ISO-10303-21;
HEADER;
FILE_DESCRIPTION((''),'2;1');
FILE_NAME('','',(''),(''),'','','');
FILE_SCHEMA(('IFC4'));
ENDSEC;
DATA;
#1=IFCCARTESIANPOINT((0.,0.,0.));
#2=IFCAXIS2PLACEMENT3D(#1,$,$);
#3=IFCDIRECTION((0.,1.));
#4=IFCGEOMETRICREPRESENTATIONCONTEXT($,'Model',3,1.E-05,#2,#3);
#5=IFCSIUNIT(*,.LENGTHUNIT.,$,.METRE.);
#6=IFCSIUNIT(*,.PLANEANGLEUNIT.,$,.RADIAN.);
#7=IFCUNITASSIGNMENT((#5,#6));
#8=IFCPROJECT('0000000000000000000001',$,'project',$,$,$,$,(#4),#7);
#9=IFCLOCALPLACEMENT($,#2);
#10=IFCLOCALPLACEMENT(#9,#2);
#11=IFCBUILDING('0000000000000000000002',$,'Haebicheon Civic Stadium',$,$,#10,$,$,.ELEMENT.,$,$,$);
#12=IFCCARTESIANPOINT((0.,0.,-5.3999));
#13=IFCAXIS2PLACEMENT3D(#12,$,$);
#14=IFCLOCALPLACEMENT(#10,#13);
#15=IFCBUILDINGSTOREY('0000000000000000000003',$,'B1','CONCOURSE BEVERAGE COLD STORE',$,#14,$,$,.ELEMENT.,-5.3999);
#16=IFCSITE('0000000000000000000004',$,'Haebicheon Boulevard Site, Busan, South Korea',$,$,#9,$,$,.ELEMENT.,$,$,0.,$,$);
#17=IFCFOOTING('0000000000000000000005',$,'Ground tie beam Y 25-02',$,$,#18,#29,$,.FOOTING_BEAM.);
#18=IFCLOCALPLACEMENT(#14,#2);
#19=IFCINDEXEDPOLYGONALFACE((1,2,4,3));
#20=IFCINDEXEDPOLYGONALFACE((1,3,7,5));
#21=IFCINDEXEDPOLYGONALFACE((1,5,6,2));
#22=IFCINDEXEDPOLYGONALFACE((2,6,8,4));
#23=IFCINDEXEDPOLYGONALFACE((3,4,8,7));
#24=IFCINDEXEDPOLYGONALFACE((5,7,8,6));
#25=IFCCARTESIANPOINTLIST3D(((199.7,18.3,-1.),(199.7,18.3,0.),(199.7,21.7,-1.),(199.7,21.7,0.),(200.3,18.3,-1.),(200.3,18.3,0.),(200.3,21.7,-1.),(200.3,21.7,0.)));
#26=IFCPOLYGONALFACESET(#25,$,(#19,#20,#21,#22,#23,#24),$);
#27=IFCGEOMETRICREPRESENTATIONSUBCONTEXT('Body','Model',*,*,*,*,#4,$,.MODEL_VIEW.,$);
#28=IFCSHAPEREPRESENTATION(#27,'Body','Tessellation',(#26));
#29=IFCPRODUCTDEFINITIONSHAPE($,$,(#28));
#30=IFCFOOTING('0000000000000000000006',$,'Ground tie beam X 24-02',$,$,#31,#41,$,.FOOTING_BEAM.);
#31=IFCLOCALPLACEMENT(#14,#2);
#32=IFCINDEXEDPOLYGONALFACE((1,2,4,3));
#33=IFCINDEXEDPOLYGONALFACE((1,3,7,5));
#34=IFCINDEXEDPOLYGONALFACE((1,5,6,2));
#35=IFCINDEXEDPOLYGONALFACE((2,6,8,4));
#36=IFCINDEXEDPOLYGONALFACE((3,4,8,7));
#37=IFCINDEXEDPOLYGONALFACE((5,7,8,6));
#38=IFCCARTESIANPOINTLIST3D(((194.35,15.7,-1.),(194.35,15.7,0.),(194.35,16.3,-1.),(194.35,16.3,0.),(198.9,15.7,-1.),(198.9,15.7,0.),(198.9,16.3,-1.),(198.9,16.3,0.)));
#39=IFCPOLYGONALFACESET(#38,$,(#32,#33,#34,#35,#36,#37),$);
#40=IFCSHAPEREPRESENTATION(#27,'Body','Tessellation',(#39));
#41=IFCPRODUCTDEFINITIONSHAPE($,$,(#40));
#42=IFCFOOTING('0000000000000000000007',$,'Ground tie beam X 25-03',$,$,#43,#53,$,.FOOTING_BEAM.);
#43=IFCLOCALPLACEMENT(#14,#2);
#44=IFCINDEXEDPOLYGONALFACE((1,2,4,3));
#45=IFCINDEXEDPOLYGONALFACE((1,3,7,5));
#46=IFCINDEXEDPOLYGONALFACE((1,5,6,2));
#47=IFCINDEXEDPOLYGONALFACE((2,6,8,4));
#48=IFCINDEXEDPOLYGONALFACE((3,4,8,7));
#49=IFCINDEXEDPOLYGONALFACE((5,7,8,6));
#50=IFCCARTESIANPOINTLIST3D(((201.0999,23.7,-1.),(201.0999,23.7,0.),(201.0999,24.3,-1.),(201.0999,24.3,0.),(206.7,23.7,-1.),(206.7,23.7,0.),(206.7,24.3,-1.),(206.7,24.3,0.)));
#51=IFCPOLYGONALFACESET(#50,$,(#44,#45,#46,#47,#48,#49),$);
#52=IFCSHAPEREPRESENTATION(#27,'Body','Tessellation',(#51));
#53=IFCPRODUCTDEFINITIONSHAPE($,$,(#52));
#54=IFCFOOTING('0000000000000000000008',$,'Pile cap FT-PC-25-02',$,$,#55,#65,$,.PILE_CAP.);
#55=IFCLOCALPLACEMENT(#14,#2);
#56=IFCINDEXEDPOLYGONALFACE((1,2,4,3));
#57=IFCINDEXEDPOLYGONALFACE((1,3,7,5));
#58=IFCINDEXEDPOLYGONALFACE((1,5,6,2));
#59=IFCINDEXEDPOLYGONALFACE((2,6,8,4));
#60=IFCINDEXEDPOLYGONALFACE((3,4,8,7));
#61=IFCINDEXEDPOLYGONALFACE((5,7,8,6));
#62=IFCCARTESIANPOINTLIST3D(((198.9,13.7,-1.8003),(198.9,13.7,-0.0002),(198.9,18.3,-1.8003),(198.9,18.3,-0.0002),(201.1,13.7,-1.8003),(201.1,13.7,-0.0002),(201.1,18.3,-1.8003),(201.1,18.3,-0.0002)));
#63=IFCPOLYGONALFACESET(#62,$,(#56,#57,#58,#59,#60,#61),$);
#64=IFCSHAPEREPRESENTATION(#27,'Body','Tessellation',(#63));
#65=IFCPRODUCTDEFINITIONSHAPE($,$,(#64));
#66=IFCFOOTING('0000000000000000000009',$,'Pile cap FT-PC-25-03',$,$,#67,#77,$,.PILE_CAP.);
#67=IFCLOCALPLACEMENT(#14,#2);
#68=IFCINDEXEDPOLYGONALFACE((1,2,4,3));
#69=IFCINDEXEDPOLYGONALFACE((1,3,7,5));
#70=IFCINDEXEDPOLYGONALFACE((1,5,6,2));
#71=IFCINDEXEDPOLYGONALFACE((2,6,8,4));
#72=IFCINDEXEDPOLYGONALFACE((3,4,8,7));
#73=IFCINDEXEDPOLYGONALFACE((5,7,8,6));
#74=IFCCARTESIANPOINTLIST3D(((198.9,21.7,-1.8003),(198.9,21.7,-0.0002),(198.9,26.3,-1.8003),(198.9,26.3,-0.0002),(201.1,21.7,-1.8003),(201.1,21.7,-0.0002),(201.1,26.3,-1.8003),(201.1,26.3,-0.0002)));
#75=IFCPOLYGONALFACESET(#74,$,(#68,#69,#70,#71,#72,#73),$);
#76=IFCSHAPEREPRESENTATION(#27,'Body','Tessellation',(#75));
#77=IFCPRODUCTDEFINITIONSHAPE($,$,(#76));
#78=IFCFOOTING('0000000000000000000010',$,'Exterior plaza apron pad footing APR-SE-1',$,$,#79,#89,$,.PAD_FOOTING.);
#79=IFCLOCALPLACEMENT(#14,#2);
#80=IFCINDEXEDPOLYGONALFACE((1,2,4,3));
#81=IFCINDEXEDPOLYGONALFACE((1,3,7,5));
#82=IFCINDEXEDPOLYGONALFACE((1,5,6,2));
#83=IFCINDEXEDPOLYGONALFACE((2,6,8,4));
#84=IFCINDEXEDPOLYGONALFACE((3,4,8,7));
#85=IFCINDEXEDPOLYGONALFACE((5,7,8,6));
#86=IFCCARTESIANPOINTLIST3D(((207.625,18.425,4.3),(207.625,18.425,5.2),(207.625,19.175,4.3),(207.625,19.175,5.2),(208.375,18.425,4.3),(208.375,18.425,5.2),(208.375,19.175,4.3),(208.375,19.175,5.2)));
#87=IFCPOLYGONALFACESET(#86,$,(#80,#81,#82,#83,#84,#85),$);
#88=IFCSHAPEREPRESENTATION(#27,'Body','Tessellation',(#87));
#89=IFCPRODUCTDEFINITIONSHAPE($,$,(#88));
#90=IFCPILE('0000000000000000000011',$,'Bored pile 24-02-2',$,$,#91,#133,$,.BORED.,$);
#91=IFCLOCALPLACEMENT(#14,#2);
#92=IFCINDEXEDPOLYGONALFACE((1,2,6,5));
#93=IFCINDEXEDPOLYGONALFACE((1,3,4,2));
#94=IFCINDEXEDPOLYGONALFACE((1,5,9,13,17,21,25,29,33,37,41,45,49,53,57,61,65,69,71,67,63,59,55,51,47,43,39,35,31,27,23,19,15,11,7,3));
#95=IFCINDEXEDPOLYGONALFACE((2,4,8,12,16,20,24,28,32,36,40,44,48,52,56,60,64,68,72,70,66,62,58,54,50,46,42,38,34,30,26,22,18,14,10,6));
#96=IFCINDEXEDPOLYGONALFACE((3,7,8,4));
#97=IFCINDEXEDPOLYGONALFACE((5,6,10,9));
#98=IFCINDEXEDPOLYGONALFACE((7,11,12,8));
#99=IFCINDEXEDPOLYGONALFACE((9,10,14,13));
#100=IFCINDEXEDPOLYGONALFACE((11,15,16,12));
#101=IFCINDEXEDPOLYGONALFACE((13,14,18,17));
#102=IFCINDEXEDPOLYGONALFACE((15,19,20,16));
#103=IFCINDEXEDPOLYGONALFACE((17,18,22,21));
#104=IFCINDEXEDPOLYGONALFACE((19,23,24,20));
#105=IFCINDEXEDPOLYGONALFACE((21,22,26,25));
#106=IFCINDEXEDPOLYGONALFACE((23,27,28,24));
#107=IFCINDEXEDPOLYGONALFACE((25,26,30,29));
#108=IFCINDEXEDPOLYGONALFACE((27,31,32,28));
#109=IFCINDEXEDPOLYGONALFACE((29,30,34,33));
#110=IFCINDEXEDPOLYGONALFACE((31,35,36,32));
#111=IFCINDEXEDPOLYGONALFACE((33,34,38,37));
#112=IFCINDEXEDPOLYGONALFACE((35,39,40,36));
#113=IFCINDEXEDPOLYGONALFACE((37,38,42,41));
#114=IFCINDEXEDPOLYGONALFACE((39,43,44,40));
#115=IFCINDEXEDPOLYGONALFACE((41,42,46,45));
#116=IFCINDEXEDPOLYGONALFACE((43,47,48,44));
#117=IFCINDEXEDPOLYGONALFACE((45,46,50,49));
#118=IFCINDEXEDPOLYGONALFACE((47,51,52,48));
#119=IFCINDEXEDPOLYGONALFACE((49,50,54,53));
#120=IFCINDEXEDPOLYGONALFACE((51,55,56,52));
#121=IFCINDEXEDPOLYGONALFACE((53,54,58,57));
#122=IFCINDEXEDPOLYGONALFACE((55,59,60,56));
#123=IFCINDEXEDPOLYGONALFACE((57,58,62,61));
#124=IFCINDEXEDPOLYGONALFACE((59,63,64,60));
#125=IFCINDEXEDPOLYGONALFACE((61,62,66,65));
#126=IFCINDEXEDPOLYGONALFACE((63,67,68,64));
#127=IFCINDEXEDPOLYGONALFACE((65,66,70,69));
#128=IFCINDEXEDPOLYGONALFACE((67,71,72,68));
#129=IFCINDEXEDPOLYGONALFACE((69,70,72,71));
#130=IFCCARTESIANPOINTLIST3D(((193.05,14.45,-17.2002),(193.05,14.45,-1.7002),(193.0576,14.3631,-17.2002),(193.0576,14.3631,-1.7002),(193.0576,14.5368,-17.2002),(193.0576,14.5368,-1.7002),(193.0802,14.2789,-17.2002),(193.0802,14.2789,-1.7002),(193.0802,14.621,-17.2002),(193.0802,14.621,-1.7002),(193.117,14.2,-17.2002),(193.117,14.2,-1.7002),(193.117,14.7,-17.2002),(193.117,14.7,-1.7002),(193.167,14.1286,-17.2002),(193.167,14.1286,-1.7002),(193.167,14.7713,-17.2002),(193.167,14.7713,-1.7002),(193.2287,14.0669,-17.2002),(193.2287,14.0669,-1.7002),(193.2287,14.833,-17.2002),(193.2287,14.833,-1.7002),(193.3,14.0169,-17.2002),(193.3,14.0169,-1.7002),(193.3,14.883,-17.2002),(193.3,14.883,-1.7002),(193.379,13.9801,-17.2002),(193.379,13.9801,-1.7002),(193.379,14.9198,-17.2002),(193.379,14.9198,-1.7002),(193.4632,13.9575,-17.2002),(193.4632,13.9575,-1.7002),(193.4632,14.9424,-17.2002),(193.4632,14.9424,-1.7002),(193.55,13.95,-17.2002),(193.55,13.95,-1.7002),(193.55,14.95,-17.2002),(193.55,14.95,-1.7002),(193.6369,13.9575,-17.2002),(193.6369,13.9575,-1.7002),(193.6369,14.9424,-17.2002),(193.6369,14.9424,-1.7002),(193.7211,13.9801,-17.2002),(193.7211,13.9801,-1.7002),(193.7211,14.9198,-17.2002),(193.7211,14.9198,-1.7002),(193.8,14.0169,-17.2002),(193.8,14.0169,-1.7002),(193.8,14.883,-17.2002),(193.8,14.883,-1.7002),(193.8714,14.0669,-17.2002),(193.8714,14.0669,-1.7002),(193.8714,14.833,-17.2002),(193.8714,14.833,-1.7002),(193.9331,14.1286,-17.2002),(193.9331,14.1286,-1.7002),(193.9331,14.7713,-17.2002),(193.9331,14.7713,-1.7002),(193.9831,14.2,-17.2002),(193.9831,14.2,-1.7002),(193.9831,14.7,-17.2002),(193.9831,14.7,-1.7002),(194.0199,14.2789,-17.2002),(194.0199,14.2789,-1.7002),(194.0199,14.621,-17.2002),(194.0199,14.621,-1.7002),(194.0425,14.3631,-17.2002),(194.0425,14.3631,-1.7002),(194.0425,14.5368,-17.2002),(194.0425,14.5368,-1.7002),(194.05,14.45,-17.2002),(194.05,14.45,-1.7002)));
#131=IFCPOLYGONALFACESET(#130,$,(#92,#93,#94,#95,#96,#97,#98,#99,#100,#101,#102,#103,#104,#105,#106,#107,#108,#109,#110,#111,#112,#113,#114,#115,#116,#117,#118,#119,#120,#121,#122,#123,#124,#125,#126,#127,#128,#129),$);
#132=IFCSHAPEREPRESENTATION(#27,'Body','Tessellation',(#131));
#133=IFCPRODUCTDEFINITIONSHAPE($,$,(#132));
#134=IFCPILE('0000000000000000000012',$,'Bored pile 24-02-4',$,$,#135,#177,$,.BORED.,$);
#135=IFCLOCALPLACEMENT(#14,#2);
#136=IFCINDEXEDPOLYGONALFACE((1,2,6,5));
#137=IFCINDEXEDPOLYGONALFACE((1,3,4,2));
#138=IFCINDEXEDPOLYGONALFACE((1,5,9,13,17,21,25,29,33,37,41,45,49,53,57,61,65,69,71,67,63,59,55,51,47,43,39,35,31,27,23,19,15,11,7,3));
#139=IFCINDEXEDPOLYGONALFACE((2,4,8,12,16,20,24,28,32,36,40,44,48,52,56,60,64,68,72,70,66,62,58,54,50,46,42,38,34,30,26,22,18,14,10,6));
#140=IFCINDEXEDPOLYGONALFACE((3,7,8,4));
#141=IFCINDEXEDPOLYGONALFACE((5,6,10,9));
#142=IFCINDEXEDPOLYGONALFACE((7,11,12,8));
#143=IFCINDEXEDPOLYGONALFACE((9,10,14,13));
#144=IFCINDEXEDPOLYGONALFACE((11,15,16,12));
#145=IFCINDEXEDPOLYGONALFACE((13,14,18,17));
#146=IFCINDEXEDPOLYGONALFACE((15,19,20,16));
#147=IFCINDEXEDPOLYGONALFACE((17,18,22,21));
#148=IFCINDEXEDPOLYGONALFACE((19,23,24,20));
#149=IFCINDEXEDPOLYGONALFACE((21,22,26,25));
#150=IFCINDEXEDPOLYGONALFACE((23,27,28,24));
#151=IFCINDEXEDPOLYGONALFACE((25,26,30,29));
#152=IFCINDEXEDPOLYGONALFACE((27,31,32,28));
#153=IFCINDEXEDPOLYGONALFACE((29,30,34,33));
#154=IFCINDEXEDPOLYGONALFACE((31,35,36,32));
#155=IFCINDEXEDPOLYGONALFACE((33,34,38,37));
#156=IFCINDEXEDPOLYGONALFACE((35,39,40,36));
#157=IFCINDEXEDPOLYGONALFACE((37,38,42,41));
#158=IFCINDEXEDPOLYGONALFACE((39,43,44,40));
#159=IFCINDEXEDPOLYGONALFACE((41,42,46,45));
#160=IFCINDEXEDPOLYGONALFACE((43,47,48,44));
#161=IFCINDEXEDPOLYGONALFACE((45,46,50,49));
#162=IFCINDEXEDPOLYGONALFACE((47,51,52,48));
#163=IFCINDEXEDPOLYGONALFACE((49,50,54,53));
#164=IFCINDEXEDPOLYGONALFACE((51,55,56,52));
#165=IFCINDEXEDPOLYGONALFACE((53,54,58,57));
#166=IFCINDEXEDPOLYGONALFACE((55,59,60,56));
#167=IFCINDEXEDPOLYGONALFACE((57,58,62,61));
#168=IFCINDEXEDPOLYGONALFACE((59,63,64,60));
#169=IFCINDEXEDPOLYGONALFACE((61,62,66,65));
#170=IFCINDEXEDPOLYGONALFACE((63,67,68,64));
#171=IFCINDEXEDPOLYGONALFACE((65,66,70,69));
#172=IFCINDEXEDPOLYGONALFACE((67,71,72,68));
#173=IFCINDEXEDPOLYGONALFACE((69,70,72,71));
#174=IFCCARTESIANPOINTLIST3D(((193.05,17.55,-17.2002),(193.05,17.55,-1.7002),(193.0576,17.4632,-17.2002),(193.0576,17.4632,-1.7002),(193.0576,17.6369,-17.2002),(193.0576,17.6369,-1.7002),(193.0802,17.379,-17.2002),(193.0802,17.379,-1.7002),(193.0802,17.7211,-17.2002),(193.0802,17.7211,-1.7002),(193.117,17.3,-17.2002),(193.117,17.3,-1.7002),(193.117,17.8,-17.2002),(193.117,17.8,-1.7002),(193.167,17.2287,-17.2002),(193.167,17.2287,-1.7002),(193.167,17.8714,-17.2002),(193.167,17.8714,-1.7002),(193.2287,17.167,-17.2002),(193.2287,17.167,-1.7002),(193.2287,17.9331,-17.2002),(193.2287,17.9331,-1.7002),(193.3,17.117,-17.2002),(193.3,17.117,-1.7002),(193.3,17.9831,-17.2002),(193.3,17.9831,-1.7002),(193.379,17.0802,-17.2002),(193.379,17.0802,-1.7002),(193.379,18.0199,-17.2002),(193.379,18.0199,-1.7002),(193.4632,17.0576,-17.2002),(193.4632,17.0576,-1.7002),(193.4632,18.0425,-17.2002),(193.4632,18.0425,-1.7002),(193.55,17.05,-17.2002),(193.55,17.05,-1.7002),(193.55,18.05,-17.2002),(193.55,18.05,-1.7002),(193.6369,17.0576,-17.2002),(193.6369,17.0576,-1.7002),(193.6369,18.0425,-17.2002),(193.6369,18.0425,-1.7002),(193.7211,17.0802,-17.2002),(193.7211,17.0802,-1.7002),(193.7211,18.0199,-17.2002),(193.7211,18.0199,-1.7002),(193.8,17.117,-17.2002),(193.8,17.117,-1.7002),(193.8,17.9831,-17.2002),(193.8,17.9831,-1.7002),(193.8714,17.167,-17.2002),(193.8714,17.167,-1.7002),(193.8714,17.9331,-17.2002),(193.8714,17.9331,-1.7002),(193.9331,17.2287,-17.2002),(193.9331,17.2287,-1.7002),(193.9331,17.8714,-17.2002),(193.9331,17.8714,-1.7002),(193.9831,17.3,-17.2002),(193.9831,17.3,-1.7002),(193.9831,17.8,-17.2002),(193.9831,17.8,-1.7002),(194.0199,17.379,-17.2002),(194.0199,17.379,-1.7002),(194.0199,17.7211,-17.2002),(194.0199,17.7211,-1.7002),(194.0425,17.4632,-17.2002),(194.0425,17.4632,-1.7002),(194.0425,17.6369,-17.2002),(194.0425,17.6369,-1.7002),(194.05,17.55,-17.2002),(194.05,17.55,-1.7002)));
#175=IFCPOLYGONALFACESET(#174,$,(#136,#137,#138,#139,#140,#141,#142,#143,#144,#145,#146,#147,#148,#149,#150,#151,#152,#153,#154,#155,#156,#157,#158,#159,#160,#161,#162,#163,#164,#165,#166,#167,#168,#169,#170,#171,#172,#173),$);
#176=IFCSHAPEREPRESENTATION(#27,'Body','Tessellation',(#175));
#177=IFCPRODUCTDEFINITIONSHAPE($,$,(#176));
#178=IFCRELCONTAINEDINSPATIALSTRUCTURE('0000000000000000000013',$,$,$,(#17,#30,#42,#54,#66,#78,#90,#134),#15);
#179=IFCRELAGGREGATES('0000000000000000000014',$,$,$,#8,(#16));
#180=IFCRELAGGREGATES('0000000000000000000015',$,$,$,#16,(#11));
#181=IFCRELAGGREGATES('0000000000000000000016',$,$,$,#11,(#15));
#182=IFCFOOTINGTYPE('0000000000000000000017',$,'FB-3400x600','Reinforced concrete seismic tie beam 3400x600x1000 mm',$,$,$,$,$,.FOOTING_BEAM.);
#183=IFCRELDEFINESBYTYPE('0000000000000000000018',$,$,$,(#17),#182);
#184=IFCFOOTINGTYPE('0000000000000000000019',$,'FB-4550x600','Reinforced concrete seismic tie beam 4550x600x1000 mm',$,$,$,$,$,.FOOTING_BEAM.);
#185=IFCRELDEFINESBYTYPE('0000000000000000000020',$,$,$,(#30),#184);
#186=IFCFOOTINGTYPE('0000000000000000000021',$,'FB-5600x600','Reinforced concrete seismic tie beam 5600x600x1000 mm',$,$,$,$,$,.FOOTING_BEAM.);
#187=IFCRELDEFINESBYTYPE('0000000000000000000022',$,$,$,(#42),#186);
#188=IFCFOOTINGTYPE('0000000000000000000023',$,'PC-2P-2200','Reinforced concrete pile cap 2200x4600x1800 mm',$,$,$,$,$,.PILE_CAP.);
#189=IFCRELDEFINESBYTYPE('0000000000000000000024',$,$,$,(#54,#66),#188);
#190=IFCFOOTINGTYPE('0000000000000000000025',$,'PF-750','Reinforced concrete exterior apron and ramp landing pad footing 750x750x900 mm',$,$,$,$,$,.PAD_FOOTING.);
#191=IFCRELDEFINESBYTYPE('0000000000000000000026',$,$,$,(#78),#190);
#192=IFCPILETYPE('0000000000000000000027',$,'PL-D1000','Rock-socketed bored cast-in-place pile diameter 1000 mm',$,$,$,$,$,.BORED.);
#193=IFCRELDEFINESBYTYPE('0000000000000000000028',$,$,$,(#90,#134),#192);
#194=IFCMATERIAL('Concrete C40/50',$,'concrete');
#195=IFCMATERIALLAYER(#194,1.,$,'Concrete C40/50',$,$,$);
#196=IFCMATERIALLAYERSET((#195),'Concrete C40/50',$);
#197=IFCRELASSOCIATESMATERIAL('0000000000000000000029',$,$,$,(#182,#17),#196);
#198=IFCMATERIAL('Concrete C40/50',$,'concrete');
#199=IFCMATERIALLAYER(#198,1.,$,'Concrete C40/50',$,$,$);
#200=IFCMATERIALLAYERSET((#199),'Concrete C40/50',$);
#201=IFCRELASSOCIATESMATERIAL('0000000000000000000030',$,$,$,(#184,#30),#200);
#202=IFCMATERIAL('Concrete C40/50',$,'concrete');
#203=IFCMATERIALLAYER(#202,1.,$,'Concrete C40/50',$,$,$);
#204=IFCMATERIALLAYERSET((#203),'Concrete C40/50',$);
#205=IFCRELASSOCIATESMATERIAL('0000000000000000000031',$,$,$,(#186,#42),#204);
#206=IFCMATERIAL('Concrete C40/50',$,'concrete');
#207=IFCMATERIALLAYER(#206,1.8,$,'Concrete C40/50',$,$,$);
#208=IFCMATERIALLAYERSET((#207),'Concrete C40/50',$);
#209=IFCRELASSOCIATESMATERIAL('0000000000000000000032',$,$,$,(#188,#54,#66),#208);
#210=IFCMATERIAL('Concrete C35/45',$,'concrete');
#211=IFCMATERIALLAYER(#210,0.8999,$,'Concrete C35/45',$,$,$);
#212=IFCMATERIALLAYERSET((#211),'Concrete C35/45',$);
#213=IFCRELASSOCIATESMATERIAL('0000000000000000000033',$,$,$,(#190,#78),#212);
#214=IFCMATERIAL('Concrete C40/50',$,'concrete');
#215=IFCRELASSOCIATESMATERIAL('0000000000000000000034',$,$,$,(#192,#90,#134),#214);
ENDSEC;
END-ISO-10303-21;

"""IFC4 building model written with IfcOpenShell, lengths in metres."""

from ifc_helpers import new_model, si_unit, direction, frame, origin, origin_2d, place, context, subcontext, project, spatial, rectangle, circle, extrude, material, layer, layer_set, material_profile, profile_set, type_object, element, save


model = new_model("IFC4")

# Units and contexts
model_context = context("Model", 3, precision=1e-05, world=origin(), true_north=direction((0.0, 1.0)))
body_context = subcontext(model_context, "Body", "Model", "MODEL_VIEW")
ifc_project = project(units=[si_unit("LENGTHUNIT", "METRE"), si_unit("PLANEANGLEUNIT", "RADIAN")], contexts=[model_context])

# Site, building, storey
site_placement = place(None, origin())
site = spatial("IfcSite", under=ifc_project, at=site_placement, Name="Haebicheon Boulevard Site, Busan, South Korea", CompositionType="ELEMENT", RefElevation=0.0)
building_placement = place(site_placement, origin())
building = spatial("IfcBuilding", under=site, at=building_placement, Name="Haebicheon Civic Stadium", CompositionType="ELEMENT")
storey_placement = place(building_placement, frame((0.0, 0.0, -5.3999)))
storey = spatial("IfcBuildingStorey", under=building, at=storey_placement, Name="B1", Description="CONCOURSE BEVERAGE COLD STORE", CompositionType="ELEMENT", Elevation=-5.3999)

# Footings
ifc_material_1 = material(Name="Concrete C40/50", Category="concrete")
ifc_layer_1 = layer(ifc_material_1, 1.0, Name="Concrete C40/50")
ifc_layer_set_1 = layer_set([ifc_layer_1], Name="Concrete C40/50")
footing_type_1 = type_object("IfcFootingType", Name="FB-3400x600", Description="Reinforced concrete seismic tie beam 3400x600x1000 mm", PredefinedType="FOOTING_BEAM", material=ifc_layer_set_1)
footing_1_placement = place(storey_placement, frame((200.0, 20.0, -1.0), z_axis=(0.0, 0.0, 1.0), x_axis=(0.0, 1.0, 0.0)))
element("IfcFooting", 1, at=footing_1_placement, inside=storey, type_object=footing_type_1, material=ifc_layer_set_1, Name="Ground tie beam Y 25-02", PredefinedType="FOOTING_BEAM", context=body_context, shape_type="SweptSolid", body=[
    extrude(rectangle(XDim=3.3999, YDim=0.6001, at=origin_2d()), origin(), (0.0, 0.0, 1.0), 1.0),
])
ifc_material_2 = material(Name="Concrete C40/50", Category="concrete")
ifc_layer_2 = layer(ifc_material_2, 1.0, Name="Concrete C40/50")
ifc_layer_set_2 = layer_set([ifc_layer_2], Name="Concrete C40/50")
footing_type_2 = type_object("IfcFootingType", Name="FB-4550x600", Description="Reinforced concrete seismic tie beam 4550x600x1000 mm", PredefinedType="FOOTING_BEAM", material=ifc_layer_set_2)
footing_2_placement = place(storey_placement, frame((196.625, 16.0, -1.0), z_axis=(0.0, 0.0, 1.0), x_axis=(1.0, 0.0, 0.0)))
element("IfcFooting", 2, at=footing_2_placement, inside=storey, type_object=footing_type_2, material=ifc_layer_set_2, Name="Ground tie beam X 24-02", PredefinedType="FOOTING_BEAM", context=body_context, shape_type="SweptSolid", body=[
    extrude(rectangle(XDim=4.55, YDim=0.6001, at=origin_2d()), origin(), (0.0, 0.0, 1.0), 1.0),
])
ifc_material_3 = material(Name="Concrete C40/50", Category="concrete")
ifc_layer_3 = layer(ifc_material_3, 1.0, Name="Concrete C40/50")
ifc_layer_set_3 = layer_set([ifc_layer_3], Name="Concrete C40/50")
footing_type_3 = type_object("IfcFootingType", Name="FB-5600x600", Description="Reinforced concrete seismic tie beam 5600x600x1000 mm", PredefinedType="FOOTING_BEAM", material=ifc_layer_set_3)
footing_3_placement = place(storey_placement, frame((203.8999, 24.0, -1.0), z_axis=(0.0, 0.0, 1.0), x_axis=(1.0, 0.0, 0.0)))
element("IfcFooting", 3, at=footing_3_placement, inside=storey, type_object=footing_type_3, material=ifc_layer_set_3, Name="Ground tie beam X 25-03", PredefinedType="FOOTING_BEAM", context=body_context, shape_type="SweptSolid", body=[
    extrude(rectangle(XDim=5.6001, YDim=0.6001, at=origin_2d()), origin(), (0.0, 0.0, 1.0), 1.0),
])
ifc_material_4 = material(Name="Concrete C40/50", Category="concrete")
ifc_layer_4 = layer(ifc_material_4, 1.8, Name="Concrete C40/50")
ifc_layer_set_4 = layer_set([ifc_layer_4], Name="Concrete C40/50")
footing_type_4 = type_object("IfcFootingType", Name="PC-2P-2200", Description="Reinforced concrete pile cap 2200x4600x1800 mm", PredefinedType="PILE_CAP", material=ifc_layer_set_4)
for number, where, z_axis, x_axis, name in (
    (4, (200.0, 16.0, -1.8003), (0.0, 0.0, 1.0), (1.0, 0.0, 0.0), "Pile cap FT-PC-25-02"),
    (5, (200.0, 24.0, -1.8003), (0.0, 0.0, 1.0), (1.0, 0.0, 0.0), "Pile cap FT-PC-25-03"),
):
    element("IfcFooting", number, at=place(storey_placement, frame(where, z_axis=z_axis, x_axis=x_axis)), inside=storey, type_object=footing_type_4, material=ifc_layer_set_4, Name=name, PredefinedType="PILE_CAP", context=body_context, shape_type="SweptSolid", body=[
        extrude(rectangle(XDim=2.2, YDim=4.6001, at=origin_2d()), origin(), (0.0, 0.0, 1.0), 1.8),
    ])
ifc_material_5 = material(Name="Concrete C35/45", Category="concrete")
ifc_layer_5 = layer(ifc_material_5, 0.8999, Name="Concrete C35/45")
ifc_layer_set_5 = layer_set([ifc_layer_5], Name="Concrete C35/45")
footing_type_5 = type_object("IfcFootingType", Name="PF-750", Description="Reinforced concrete exterior apron and ramp landing pad footing 750x750x900 mm", PredefinedType="PAD_FOOTING", material=ifc_layer_set_5)
footing_4_placement = place(storey_placement, frame((208.0, 18.8, 4.3), z_axis=(0.0, 0.0, 1.0), x_axis=(1.0, 0.0, 0.0)))
element("IfcFooting", 6, at=footing_4_placement, inside=storey, type_object=footing_type_5, material=ifc_layer_set_5, Name="Exterior plaza apron pad footing APR-SE-1", PredefinedType="PAD_FOOTING", context=body_context, shape_type="SweptSolid", body=[
    extrude(rectangle(XDim=0.75, YDim=0.75, at=origin_2d()), origin(), (0.0, 0.0, 1.0), 0.8999),
])

# Piles
ifc_material_6 = material(Name="Concrete C40/50", Category="concrete")
ifc_material_profile_1 = material_profile(ifc_material_6, circle(Radius=0.5, at=origin_2d()), Name="PILE-D1000")
ifc_profile_set_1 = profile_set([ifc_material_profile_1], Name="Concrete C40/50")
pile_type = type_object("IfcPileType", Name="PL-D1000", Description="Rock-socketed bored cast-in-place pile diameter 1000 mm", PredefinedType="BORED", material=ifc_profile_set_1)
for number, where, z_axis, x_axis, name in (
    (7, (193.55, 14.45, -1.7002), (0.0, 0.0, -1.0), (1.0, 0.0, 0.0), "Bored pile 24-02-2"),
    (8, (193.55, 17.55, -1.7002), (0.0, 0.0, -1.0), (1.0, 0.0, 0.0), "Bored pile 24-02-4"),
):
    element("IfcPile", number, at=place(storey_placement, frame(where, z_axis=z_axis, x_axis=x_axis)), inside=storey, type_object=pile_type, material=ifc_profile_set_1, Name=name, PredefinedType="BORED", context=body_context, shape_type="SweptSolid", body=[
        extrude(circle(Radius=0.5, at=origin_2d()), origin(), (0.0, 0.0, 1.0), 15.5),
    ])

save(model, "model.ifc")
